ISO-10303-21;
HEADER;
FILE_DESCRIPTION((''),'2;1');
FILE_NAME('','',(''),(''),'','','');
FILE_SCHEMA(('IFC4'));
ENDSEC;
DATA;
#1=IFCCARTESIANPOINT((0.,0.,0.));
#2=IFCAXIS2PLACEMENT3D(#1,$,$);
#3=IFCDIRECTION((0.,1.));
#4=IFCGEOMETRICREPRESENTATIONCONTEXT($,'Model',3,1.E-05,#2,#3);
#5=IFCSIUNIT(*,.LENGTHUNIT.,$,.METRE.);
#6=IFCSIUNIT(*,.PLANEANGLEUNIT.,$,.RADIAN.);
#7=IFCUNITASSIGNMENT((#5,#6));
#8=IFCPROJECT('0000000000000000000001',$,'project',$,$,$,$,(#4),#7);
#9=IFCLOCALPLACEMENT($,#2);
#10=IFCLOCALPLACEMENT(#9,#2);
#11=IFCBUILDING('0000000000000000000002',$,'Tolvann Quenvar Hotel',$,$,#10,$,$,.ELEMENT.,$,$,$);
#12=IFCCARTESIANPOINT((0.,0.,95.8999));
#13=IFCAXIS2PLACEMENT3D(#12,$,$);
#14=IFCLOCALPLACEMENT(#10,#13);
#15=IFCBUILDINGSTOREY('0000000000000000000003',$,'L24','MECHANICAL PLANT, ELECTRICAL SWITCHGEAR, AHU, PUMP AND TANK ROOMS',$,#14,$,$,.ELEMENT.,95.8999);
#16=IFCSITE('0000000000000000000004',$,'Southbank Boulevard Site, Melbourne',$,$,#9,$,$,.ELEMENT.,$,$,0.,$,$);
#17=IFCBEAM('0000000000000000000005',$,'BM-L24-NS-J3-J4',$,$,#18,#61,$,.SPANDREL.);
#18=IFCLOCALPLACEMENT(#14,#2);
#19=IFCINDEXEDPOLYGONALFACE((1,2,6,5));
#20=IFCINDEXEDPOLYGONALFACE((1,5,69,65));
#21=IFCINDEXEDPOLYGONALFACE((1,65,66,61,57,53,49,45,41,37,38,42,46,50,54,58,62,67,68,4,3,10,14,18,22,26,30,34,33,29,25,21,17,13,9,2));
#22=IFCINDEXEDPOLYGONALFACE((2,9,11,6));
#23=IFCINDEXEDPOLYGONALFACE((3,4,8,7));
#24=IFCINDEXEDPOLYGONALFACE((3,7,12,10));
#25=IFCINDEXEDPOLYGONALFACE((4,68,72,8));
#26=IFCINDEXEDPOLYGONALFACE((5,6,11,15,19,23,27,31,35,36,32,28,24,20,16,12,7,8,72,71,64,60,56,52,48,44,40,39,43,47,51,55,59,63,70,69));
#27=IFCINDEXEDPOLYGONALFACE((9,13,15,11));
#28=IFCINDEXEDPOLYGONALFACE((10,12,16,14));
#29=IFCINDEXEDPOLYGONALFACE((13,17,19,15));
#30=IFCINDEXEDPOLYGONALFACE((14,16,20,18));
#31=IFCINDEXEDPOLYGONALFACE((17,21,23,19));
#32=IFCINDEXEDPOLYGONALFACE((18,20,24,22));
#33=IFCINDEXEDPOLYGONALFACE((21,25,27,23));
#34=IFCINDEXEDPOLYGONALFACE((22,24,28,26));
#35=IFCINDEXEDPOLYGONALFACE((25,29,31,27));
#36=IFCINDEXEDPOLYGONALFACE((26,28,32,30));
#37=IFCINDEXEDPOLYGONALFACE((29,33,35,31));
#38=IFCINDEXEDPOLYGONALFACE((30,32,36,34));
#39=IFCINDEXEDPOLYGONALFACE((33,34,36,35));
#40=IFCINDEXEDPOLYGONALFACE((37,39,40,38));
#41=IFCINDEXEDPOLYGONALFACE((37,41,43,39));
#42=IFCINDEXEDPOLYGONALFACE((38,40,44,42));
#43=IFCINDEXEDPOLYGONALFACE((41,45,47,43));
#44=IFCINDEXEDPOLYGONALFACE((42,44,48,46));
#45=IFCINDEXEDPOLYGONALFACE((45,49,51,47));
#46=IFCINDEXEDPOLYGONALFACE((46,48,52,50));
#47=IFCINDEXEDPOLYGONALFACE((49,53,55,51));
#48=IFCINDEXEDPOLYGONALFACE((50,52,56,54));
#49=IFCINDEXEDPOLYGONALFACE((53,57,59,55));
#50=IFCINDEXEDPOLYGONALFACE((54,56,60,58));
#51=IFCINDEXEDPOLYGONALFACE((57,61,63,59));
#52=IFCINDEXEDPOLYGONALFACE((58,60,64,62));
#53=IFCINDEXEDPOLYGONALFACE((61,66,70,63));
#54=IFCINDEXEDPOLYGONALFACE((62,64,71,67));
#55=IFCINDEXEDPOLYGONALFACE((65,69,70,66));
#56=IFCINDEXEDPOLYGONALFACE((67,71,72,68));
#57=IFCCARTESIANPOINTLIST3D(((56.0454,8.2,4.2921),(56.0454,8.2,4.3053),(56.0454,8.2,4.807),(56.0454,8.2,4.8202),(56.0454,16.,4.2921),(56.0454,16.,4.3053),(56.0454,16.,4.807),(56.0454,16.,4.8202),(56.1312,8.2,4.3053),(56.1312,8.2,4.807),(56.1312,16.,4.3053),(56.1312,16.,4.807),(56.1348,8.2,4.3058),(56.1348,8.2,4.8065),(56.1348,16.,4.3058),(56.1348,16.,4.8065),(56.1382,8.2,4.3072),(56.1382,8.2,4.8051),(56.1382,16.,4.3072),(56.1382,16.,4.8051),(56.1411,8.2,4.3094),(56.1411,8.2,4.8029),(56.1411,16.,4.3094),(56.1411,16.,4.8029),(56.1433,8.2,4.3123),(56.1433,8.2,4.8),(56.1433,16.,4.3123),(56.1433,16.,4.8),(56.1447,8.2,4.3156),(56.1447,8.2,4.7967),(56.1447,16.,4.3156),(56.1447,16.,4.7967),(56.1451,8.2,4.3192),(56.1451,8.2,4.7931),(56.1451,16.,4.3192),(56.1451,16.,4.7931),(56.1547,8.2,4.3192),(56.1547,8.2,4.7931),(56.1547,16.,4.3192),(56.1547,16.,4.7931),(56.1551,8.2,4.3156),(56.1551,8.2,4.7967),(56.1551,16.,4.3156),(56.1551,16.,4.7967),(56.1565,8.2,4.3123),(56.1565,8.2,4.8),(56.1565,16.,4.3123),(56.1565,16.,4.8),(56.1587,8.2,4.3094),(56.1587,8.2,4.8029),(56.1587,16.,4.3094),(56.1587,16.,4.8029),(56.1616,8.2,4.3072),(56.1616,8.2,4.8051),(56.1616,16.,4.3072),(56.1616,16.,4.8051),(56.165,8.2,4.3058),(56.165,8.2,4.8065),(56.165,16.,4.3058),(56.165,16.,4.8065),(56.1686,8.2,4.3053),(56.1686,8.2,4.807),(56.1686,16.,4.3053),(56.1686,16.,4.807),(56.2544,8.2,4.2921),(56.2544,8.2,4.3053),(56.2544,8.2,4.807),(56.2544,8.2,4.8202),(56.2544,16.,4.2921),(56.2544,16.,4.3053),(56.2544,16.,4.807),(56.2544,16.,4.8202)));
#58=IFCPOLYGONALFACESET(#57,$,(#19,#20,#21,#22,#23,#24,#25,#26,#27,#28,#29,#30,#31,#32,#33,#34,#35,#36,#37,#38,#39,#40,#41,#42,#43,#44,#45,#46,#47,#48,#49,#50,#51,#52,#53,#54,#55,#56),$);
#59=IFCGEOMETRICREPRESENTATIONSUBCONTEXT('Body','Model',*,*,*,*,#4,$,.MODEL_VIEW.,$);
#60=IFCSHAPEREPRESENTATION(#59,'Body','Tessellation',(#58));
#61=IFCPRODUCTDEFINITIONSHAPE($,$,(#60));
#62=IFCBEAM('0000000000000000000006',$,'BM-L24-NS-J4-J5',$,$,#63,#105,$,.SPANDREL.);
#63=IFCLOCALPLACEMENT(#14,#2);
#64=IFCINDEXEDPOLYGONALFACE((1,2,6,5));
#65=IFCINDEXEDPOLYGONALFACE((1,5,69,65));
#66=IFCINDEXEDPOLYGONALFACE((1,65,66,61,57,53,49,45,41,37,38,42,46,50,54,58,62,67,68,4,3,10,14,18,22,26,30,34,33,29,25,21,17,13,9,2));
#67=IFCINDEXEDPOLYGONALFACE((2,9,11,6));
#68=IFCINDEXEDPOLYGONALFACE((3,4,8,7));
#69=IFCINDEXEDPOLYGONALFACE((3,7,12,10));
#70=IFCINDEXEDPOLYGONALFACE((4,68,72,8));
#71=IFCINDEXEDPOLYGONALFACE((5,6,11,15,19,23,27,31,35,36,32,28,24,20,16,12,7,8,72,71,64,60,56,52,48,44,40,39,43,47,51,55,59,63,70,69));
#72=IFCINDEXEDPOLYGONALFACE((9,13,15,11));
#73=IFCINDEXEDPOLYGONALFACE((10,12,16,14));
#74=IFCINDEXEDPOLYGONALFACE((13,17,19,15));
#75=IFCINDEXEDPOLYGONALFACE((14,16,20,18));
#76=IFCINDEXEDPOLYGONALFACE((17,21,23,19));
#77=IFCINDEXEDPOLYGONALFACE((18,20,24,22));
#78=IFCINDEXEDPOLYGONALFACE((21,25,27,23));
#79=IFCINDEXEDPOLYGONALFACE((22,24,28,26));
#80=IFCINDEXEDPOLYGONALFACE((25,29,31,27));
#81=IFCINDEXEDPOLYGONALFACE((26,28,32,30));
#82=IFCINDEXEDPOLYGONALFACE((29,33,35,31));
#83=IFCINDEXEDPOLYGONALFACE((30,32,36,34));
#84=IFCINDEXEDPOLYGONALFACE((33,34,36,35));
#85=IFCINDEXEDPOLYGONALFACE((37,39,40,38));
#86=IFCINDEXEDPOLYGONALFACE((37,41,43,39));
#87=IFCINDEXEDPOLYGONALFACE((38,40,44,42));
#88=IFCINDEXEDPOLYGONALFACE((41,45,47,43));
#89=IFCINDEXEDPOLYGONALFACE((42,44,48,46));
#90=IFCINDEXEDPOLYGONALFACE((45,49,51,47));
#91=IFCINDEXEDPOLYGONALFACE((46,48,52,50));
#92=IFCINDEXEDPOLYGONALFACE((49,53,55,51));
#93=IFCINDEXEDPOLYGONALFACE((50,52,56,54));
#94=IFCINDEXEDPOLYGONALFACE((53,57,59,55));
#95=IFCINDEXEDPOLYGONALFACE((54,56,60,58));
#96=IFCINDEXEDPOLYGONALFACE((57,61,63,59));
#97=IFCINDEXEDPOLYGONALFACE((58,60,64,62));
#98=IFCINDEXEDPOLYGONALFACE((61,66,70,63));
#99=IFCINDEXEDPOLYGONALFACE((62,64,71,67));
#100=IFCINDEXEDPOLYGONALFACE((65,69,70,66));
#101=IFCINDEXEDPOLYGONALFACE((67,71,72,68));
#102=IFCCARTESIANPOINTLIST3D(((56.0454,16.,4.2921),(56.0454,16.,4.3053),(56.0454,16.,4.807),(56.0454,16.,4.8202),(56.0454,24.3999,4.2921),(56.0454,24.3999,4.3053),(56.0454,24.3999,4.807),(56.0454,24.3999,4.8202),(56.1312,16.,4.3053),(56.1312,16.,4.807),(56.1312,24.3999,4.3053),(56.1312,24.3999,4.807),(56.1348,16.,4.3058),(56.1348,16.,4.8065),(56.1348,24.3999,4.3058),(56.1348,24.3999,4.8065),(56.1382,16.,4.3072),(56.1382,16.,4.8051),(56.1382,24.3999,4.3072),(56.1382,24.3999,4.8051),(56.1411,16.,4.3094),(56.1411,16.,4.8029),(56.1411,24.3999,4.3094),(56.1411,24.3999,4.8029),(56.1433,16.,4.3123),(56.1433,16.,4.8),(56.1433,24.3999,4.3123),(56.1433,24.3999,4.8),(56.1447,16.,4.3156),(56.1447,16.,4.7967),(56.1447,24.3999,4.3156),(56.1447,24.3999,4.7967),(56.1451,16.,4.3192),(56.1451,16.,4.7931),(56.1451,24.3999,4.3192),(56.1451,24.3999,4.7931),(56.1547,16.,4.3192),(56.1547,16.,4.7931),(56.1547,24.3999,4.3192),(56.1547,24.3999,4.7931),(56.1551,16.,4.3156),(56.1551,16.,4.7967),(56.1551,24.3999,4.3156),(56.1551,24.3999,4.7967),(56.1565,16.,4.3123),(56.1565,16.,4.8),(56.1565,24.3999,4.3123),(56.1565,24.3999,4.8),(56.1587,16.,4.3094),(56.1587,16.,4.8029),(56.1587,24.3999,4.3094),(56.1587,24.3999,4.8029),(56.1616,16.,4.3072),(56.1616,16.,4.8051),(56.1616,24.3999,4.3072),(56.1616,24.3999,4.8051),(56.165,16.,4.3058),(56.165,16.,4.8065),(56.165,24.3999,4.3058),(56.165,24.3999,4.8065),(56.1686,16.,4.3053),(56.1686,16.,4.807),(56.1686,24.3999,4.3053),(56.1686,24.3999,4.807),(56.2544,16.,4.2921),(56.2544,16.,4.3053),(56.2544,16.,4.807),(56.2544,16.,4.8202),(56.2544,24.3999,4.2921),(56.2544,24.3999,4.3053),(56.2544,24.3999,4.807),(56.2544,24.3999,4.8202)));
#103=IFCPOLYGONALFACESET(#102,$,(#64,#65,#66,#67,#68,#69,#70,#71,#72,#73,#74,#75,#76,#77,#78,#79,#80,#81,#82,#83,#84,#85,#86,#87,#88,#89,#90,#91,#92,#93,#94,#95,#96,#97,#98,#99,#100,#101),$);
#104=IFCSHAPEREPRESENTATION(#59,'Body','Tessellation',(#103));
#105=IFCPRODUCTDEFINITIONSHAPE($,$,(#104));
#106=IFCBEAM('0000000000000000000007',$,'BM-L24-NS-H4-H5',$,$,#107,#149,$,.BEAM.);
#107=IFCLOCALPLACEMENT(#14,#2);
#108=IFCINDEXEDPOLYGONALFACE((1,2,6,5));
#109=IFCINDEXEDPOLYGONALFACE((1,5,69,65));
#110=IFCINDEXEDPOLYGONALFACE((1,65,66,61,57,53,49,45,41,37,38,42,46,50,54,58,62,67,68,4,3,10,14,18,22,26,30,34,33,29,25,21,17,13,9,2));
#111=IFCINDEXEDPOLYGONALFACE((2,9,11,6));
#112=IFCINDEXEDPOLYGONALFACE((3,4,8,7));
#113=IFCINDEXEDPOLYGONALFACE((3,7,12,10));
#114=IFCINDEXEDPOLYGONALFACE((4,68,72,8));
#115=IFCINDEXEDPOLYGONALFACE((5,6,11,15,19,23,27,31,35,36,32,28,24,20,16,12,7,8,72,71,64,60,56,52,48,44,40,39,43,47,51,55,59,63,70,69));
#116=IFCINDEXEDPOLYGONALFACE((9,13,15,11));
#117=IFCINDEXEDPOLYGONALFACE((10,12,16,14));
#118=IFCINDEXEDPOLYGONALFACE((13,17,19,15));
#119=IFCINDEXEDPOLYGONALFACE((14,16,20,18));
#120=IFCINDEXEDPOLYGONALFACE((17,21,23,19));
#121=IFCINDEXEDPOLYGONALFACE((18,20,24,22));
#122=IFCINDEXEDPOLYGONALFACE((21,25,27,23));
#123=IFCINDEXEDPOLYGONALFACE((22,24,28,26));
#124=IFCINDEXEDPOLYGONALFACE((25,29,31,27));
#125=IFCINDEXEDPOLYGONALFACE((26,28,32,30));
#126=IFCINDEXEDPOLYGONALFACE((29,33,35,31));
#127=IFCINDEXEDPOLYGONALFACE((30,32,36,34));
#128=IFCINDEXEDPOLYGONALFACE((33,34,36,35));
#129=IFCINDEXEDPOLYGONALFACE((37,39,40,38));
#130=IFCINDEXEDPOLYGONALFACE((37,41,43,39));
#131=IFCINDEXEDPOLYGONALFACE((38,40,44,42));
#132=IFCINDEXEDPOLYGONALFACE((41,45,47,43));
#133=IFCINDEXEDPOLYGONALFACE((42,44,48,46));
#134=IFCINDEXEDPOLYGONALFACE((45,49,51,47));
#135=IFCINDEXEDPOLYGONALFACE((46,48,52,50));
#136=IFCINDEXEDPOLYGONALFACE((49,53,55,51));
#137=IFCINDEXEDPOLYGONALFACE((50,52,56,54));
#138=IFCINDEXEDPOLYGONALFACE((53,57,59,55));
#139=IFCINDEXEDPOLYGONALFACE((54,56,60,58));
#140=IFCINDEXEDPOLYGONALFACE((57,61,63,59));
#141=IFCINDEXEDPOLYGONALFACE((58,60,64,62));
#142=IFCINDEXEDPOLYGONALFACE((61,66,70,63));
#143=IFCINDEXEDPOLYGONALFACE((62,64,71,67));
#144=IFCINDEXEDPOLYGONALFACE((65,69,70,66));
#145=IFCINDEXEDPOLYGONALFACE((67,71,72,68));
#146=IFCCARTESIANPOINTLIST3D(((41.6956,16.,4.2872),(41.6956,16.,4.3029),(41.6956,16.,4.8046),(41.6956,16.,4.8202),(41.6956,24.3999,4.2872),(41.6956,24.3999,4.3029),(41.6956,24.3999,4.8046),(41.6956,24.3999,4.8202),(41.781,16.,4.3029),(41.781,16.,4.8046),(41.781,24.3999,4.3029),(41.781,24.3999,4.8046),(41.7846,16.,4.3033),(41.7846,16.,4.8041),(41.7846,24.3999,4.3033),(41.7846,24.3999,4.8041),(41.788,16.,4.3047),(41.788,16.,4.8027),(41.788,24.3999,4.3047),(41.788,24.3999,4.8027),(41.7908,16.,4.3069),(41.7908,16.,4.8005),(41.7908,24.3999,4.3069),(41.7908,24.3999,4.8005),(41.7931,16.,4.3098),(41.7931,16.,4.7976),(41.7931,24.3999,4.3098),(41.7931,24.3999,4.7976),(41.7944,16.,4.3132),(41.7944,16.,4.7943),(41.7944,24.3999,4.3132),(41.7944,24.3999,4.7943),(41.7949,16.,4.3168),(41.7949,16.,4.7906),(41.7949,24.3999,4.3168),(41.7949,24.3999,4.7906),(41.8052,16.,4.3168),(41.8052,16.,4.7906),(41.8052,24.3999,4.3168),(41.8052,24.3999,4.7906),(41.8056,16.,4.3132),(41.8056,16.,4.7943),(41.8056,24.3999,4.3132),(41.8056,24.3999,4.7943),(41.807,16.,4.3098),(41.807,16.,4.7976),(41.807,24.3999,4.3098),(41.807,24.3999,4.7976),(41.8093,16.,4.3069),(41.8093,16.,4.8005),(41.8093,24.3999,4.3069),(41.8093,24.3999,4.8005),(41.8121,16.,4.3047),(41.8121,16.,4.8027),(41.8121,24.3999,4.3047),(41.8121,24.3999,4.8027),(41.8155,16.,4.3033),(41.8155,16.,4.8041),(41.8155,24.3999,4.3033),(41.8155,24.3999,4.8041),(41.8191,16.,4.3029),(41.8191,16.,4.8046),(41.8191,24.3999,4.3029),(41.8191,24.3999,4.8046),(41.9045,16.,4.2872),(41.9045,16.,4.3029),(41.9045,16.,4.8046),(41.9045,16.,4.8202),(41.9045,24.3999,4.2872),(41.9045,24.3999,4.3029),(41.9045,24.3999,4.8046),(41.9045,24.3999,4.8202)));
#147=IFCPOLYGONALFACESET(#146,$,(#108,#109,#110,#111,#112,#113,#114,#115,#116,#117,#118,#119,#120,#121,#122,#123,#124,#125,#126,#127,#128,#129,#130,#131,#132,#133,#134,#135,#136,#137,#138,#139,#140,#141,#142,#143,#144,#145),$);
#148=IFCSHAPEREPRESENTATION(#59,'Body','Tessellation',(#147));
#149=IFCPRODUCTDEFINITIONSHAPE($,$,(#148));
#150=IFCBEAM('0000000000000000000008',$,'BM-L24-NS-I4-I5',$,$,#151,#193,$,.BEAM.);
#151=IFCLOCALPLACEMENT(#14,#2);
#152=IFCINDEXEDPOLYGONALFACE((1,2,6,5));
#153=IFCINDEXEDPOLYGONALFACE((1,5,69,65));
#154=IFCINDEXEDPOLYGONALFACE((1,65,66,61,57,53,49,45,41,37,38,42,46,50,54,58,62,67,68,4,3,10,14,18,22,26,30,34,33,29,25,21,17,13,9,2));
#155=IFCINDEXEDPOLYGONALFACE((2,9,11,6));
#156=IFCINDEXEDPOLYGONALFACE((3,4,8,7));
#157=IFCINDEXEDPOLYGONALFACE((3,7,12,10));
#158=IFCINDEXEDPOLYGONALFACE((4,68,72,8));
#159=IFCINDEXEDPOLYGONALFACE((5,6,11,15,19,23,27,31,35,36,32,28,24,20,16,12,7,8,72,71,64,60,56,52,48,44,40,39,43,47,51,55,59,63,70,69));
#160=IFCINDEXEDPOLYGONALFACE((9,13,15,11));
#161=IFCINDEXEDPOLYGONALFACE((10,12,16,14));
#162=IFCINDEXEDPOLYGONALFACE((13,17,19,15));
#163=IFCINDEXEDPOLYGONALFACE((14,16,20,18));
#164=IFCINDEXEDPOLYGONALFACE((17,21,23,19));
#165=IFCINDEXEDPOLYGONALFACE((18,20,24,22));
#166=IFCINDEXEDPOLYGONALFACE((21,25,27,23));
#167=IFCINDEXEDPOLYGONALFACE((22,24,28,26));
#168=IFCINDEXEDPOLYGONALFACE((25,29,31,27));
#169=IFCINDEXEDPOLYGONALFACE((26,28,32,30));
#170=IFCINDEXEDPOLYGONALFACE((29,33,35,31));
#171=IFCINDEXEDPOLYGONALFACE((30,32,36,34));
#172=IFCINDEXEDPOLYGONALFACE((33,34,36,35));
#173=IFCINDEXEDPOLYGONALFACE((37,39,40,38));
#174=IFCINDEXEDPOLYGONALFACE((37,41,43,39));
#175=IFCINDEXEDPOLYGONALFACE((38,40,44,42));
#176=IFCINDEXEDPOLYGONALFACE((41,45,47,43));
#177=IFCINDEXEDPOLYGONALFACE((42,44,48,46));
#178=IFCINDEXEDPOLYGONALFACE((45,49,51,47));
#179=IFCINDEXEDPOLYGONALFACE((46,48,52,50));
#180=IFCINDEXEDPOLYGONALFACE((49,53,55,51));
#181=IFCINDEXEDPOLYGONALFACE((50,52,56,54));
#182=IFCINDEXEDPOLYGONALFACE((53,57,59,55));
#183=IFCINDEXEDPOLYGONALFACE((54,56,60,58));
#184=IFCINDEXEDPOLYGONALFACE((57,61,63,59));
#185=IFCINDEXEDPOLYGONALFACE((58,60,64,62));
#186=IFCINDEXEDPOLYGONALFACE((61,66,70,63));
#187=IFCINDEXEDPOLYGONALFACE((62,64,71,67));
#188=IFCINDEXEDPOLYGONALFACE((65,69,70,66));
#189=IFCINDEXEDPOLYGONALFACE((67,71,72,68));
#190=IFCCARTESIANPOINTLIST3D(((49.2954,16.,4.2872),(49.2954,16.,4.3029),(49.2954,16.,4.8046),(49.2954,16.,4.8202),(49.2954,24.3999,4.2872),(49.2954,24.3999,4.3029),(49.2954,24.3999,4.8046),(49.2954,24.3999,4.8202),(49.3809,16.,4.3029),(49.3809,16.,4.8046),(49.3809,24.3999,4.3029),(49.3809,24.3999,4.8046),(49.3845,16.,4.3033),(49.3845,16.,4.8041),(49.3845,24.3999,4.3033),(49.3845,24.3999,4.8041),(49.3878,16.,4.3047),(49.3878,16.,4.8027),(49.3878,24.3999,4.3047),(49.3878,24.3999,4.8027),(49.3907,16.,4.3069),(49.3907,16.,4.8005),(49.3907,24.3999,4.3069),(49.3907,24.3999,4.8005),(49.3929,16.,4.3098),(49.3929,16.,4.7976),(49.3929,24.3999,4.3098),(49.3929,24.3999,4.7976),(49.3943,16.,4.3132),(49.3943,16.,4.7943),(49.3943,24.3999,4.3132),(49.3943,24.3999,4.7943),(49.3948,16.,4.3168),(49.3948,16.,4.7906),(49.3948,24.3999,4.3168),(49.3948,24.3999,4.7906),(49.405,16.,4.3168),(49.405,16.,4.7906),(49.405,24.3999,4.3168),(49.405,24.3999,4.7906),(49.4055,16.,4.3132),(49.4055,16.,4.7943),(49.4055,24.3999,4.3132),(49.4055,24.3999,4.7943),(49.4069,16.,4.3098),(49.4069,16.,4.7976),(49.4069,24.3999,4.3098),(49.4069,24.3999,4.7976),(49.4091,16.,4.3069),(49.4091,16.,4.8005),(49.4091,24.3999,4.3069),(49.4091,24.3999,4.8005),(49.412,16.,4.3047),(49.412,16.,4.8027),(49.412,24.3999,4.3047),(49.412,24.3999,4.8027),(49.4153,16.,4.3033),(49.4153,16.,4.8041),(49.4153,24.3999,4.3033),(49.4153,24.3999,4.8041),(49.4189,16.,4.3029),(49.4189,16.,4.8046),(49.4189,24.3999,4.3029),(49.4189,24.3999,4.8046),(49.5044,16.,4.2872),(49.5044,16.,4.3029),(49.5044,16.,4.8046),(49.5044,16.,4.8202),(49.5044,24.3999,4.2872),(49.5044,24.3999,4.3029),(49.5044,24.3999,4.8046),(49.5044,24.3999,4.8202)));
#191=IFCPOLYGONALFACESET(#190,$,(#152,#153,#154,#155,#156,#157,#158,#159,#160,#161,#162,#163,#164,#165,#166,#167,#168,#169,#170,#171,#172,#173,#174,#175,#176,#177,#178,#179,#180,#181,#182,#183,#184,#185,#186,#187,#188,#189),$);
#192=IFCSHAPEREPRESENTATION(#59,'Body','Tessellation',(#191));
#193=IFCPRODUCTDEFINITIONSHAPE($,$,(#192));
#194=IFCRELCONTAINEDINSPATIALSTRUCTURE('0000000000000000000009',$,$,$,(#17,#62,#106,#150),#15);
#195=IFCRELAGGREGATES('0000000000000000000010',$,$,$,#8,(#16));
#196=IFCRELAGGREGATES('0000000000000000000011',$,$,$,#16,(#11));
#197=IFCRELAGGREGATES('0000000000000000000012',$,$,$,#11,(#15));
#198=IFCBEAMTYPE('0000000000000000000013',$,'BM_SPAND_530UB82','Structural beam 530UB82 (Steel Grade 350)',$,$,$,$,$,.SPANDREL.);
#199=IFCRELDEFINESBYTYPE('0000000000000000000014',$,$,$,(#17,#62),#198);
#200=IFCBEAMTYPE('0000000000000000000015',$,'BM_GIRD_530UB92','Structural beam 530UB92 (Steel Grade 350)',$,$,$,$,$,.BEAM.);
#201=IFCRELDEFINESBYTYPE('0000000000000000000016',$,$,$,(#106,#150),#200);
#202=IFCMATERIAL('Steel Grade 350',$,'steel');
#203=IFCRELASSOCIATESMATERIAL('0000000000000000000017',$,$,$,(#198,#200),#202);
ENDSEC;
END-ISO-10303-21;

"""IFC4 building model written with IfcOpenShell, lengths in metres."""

from ifc_helpers import new_model, si_unit, direction, frame, origin, origin_2d, place, context, subcontext, project, spatial, i_section, extrude, source, transform, mapped, material, material_profile, profile_set, type_object, type_shapes, element, save


model = new_model("IFC4")

# Units and contexts
model_context = context("Model", 3, precision=1e-05, world=origin(), true_north=direction((0.0, 1.0)))
body_context = subcontext(model_context, "Body", "Model", "MODEL_VIEW")
ifc_project = project(units=[si_unit("LENGTHUNIT", "METRE"), si_unit("PLANEANGLEUNIT", "RADIAN")], contexts=[model_context])

# Site, building, storey
site_placement = place(None, origin())
site = spatial("IfcSite", under=ifc_project, at=site_placement, Name="Southbank Boulevard Site, Melbourne", CompositionType="ELEMENT", RefElevation=0.0)
building_placement = place(site_placement, origin())
building = spatial("IfcBuilding", under=site, at=building_placement, Name="Tolvann Quenvar Hotel", CompositionType="ELEMENT")
storey_placement = place(building_placement, frame((0.0, 0.0, 95.8999)))
storey = spatial("IfcBuildingStorey", under=building, at=storey_placement, Name="L24", Description="MECHANICAL PLANT, ELECTRICAL SWITCHGEAR, AHU, PUMP AND TANK ROOMS", CompositionType="ELEMENT", Elevation=95.8999)

# Shared definitions
ifc_material_1 = material(Name="Steel Grade 350", Category="steel")

# Beams
ifc_material_profile_1 = material_profile(ifc_material_1, i_section(OverallWidth=0.209, OverallDepth=0.5281, WebThickness=0.0095, FlangeThickness=0.0132, FilletRadius=0.0139, at=origin_2d()), Name="530UB82")
ifc_profile_set_1 = profile_set([ifc_material_profile_1], Name="Steel Grade 350")
beam_type_1 = type_object("IfcBeamType", Name="BM_SPAND_530UB82", Description="Structural beam 530UB82 (Steel Grade 350)", PredefinedType="SPANDREL", material=ifc_profile_set_1)
shared_shape_1 = source(origin(), body_context, "Body", "SweptSolid", [
    extrude(i_section(OverallWidth=0.209, OverallDepth=0.5281, WebThickness=0.0095, FlangeThickness=0.0132, FilletRadius=0.0139, at=origin_2d()), origin(), (0.0, 0.0, 1.0), 7.8),
])
beam_1_placement = place(storey_placement, frame((56.1499, 8.2, 4.5562), z_axis=(0.0, 1.0, 0.0), x_axis=(-1.0, 0.0, 0.0)))
element("IfcBeam", 1, at=beam_1_placement, inside=storey, type_object=beam_type_1, Name="BM-L24-NS-J3-J4", PredefinedType="SPANDREL", context=body_context, shape_type="MappedRepresentation", body=[
    mapped(shared_shape_1, transform((0.0, 0.0, 0.0), x_axis=(1.0, 0.0, 0.0), y_axis=(0.0, 1.0, 0.0), z_axis=(0.0, 0.0, 1.0), scale=1.0)),
])
shared_shape_2 = source(origin(), body_context, "Body", "SweptSolid", [
    extrude(i_section(OverallWidth=0.209, OverallDepth=0.5281, WebThickness=0.0095, FlangeThickness=0.0132, FilletRadius=0.0139, at=origin_2d()), origin(), (0.0, 0.0, 1.0), 8.3999),
])
type_shapes(beam_type_1, [shared_shape_1, shared_shape_2])
beam_2_placement = place(storey_placement, frame((56.1499, 16.0, 4.5562), z_axis=(0.0, 1.0, 0.0), x_axis=(-1.0, 0.0, 0.0)))
element("IfcBeam", 2, at=beam_2_placement, inside=storey, type_object=beam_type_1, Name="BM-L24-NS-J4-J5", PredefinedType="SPANDREL", context=body_context, shape_type="MappedRepresentation", body=[
    mapped(shared_shape_2, transform((0.0, 0.0, 0.0), x_axis=(1.0, 0.0, 0.0), y_axis=(0.0, 1.0, 0.0), z_axis=(0.0, 0.0, 1.0), scale=1.0)),
])
ifc_material_profile_2 = material_profile(ifc_material_1, i_section(OverallWidth=0.209, OverallDepth=0.533, WebThickness=0.0103, FlangeThickness=0.0156, FilletRadius=0.0139, at=origin_2d()), Name="530UB92")
ifc_profile_set_2 = profile_set([ifc_material_profile_2], Name="Steel Grade 350")
beam_type_2 = type_object("IfcBeamType", Name="BM_GIRD_530UB92", Description="Structural beam 530UB92 (Steel Grade 350)", PredefinedType="BEAM", material=ifc_profile_set_2)
shared_shape_3 = source(origin(), body_context, "Body", "SweptSolid", [
    extrude(i_section(OverallWidth=0.209, OverallDepth=0.533, WebThickness=0.0103, FlangeThickness=0.0156, FilletRadius=0.0139, at=origin_2d()), origin(), (0.0, 0.0, 1.0), 8.3999),
])
type_shapes(beam_type_2, [shared_shape_3])
for number, where, z_axis, x_axis, name in (
    (3, (41.8, 16.0, 4.5537), (0.0, 1.0, 0.0), (-1.0, 0.0, 0.0), "BM-L24-NS-H4-H5"),
    (4, (49.3999, 16.0, 4.5537), (0.0, 1.0, 0.0), (-1.0, 0.0, 0.0), "BM-L24-NS-I4-I5"),
):
    element("IfcBeam", number, at=place(storey_placement, frame(where, z_axis=z_axis, x_axis=x_axis)), inside=storey, type_object=beam_type_2, Name=name, PredefinedType="BEAM", context=body_context, shape_type="MappedRepresentation", body=[
        mapped(shared_shape_3, transform((0.0, 0.0, 0.0), x_axis=(1.0, 0.0, 0.0), y_axis=(0.0, 1.0, 0.0), z_axis=(0.0, 0.0, 1.0), scale=1.0)),
    ])

save(model, "model.ifc")
